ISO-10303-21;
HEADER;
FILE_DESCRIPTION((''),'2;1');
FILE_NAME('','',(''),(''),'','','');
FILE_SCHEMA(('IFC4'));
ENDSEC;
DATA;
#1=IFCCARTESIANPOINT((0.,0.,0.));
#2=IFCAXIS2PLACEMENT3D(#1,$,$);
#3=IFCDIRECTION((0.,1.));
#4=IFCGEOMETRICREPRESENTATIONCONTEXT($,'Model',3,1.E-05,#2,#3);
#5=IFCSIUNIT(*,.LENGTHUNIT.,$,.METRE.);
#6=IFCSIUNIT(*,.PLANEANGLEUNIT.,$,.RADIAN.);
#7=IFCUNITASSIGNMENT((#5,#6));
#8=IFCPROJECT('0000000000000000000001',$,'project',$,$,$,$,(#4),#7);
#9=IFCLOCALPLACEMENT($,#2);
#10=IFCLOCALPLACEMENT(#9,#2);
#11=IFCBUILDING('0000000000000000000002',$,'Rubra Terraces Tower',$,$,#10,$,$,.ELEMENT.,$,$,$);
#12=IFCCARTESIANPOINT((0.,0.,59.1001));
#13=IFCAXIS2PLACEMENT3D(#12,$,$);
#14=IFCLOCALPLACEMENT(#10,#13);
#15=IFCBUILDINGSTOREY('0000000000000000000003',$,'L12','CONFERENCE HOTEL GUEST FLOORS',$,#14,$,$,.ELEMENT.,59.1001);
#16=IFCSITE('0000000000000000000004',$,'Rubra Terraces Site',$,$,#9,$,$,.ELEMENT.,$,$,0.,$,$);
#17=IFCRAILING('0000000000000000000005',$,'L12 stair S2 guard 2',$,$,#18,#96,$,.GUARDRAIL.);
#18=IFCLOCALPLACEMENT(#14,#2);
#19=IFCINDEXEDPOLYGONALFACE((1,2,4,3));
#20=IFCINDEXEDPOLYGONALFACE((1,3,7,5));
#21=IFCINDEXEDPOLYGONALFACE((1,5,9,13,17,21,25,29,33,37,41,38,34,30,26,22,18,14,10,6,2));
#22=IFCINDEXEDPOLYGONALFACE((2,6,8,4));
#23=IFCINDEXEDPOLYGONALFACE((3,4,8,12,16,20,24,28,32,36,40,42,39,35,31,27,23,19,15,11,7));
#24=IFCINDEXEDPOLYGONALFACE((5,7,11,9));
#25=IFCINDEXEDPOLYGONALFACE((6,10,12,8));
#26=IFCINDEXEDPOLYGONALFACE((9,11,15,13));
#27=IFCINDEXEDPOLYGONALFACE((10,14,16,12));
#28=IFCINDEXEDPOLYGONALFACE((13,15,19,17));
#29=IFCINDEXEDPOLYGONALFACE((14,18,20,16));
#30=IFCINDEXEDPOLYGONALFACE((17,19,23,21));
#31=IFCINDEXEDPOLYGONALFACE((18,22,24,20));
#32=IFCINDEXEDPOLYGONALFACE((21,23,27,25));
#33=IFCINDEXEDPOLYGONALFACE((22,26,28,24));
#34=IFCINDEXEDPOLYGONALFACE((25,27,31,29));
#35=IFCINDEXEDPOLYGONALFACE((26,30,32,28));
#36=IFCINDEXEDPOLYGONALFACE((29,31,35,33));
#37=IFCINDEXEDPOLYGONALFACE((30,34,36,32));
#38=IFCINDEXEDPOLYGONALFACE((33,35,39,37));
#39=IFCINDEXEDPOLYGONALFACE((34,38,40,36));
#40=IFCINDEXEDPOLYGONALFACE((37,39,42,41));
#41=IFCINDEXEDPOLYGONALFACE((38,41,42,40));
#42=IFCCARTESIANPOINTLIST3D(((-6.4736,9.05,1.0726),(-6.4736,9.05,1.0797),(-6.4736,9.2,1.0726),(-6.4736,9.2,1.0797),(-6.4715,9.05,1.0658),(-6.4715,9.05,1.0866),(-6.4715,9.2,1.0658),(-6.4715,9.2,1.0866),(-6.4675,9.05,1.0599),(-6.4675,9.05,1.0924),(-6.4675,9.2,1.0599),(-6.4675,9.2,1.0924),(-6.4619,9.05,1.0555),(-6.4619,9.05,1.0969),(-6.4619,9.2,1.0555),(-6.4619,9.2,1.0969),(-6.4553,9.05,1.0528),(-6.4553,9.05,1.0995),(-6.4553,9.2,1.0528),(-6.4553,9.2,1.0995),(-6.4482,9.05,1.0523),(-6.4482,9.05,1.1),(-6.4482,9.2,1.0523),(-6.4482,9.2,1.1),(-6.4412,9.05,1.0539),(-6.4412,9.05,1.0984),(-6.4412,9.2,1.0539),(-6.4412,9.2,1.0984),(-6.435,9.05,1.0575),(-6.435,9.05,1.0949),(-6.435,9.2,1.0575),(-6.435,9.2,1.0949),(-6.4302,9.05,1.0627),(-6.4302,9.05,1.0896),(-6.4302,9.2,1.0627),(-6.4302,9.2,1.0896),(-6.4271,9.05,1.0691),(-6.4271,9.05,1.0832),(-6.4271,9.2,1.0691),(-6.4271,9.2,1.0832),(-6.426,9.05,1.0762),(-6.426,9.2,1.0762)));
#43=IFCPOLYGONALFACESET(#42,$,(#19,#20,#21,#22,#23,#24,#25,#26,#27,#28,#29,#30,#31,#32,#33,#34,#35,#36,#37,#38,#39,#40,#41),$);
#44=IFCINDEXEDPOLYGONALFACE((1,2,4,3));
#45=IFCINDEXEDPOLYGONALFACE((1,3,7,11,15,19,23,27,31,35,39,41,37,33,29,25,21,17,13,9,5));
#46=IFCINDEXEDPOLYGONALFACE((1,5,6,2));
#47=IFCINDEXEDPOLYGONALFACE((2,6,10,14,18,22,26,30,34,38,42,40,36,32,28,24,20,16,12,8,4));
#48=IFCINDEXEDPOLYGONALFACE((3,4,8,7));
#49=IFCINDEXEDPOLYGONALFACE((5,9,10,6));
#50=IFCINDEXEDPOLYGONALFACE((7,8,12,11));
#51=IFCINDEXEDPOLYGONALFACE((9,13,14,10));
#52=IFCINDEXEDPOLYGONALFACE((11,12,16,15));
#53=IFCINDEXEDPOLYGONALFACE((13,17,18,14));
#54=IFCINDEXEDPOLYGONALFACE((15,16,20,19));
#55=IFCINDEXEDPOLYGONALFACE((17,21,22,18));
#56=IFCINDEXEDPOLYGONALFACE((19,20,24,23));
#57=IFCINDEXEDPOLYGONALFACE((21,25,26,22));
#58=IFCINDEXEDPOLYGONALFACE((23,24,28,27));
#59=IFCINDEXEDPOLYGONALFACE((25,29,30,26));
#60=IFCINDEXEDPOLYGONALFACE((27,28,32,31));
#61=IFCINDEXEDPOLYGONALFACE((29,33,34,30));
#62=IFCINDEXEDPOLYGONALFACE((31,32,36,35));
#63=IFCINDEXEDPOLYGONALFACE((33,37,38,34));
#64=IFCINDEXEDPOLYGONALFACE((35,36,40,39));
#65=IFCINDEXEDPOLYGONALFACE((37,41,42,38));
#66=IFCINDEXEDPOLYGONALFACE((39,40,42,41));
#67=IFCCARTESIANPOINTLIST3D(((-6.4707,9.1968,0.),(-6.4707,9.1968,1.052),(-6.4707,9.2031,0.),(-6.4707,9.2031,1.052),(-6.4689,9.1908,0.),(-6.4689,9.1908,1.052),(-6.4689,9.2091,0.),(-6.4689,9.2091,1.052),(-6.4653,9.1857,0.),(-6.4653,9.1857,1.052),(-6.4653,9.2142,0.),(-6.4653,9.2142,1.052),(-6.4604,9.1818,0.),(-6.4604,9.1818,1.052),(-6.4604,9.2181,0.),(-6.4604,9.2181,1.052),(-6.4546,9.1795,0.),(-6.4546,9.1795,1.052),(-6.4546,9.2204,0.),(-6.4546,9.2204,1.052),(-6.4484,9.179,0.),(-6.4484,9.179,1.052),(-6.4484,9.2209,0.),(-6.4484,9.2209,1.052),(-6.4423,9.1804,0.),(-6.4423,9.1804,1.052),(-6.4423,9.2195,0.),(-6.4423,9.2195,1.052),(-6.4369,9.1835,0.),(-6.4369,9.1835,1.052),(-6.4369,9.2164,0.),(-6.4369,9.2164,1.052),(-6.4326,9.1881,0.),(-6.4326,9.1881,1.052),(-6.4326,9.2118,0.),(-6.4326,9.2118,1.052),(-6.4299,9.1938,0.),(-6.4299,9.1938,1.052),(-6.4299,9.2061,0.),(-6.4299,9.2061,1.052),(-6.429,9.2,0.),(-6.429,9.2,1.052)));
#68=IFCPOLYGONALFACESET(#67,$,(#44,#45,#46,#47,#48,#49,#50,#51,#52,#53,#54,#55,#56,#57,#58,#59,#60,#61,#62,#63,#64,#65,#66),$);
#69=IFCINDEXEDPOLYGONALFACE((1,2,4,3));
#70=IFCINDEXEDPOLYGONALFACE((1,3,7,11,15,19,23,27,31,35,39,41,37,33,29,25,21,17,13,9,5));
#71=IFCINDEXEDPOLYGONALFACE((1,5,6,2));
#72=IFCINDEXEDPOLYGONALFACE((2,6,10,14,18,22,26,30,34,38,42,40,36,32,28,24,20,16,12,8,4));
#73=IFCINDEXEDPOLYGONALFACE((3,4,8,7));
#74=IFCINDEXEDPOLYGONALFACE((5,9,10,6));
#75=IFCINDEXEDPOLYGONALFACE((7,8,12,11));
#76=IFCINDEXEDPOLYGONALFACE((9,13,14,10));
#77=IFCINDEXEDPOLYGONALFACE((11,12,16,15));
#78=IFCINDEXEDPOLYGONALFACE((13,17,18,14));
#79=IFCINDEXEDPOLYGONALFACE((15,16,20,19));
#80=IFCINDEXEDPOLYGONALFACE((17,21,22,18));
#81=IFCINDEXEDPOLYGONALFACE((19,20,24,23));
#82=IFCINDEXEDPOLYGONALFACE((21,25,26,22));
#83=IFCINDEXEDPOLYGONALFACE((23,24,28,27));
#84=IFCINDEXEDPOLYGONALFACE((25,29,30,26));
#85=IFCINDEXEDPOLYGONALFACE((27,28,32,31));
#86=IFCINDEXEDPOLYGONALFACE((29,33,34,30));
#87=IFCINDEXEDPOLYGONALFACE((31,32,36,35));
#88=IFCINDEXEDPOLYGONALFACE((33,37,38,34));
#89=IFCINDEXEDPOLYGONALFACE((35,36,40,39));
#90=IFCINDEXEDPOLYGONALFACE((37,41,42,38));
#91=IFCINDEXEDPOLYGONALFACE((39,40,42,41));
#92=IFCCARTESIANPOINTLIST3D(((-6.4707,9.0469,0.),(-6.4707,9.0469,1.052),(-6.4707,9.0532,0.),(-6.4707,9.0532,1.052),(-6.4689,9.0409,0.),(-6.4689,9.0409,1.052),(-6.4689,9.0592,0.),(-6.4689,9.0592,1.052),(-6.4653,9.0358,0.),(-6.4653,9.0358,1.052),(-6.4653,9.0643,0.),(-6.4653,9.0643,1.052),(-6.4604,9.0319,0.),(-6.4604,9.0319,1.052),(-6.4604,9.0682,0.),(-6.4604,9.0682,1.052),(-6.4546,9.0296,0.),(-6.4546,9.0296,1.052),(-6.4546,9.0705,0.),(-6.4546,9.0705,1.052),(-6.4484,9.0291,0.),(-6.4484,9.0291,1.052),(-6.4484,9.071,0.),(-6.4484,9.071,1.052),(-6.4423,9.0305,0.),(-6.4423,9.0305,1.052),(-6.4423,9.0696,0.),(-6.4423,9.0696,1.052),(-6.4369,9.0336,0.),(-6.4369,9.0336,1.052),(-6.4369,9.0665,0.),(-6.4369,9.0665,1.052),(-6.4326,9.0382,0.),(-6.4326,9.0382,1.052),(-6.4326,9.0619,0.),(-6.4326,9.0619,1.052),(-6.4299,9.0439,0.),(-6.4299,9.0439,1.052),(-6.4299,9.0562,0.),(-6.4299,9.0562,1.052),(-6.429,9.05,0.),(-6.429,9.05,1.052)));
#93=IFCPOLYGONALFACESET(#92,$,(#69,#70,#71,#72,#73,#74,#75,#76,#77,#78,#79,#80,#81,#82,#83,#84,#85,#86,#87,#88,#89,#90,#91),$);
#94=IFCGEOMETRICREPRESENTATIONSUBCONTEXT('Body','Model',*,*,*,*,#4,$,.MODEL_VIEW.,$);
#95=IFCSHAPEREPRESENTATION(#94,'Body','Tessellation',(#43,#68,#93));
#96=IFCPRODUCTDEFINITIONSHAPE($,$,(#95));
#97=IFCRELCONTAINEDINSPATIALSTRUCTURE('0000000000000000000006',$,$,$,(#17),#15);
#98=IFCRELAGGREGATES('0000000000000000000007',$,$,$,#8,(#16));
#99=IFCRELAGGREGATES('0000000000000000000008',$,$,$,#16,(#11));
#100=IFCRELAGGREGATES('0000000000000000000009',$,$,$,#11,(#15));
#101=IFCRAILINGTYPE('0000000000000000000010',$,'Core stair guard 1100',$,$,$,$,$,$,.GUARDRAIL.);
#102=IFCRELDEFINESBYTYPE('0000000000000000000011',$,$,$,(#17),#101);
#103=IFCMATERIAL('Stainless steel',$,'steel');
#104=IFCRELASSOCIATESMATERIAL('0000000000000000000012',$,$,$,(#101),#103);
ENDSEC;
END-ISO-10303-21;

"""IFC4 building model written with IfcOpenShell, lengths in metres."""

from ifc_helpers import new_model, si_unit, direction, frame, origin, origin_2d, place, context, subcontext, project, spatial, circle, extrude, material, type_object, element, save


model = new_model("IFC4")

# Units and contexts
model_context = context("Model", 3, precision=1e-05, world=origin(), true_north=direction((0.0, 1.0)))
body_context = subcontext(model_context, "Body", "Model", "MODEL_VIEW")
ifc_project = project(units=[si_unit("LENGTHUNIT", "METRE"), si_unit("PLANEANGLEUNIT", "RADIAN")], contexts=[model_context])

# Site, building, storey
site_placement = place(None, origin())
site = spatial("IfcSite", under=ifc_project, at=site_placement, Name="Rubra Terraces Site", CompositionType="ELEMENT", RefElevation=0.0)
building_placement = place(site_placement, origin())
building = spatial("IfcBuilding", under=site, at=building_placement, Name="Rubra Terraces Tower", CompositionType="ELEMENT")
storey_placement = place(building_placement, frame((0.0, 0.0, 59.1001)))
storey = spatial("IfcBuildingStorey", under=building, at=storey_placement, Name="L12", Description="CONFERENCE HOTEL GUEST FLOORS", CompositionType="ELEMENT", Elevation=59.1001)

# Railing
ifc_material_1 = material(Name="Stainless steel", Category="steel")
railing_type_1 = type_object("IfcRailingType", Name="Core stair guard 1100", PredefinedType="GUARDRAIL", material=ifc_material_1)
railing_1_placement = place(storey_placement, frame((-6.45, 9.2, 0.0)))
element("IfcRailing", 1, at=railing_1_placement, inside=storey, type_object=railing_type_1, Name="L12 stair S2 guard 2", PredefinedType="GUARDRAIL", context=body_context, shape_type="SweptSolid", body=[
    extrude(circle(Radius=0.0239, at=origin_2d()), frame((0.0, 0.0, 1.0762), z_axis=(0.0, -1.0, 0.0), x_axis=(1.0, 0.0, 0.0)), (0.0, 0.0, 1.0), 0.1499),
    extrude(circle(Radius=0.021, at=origin_2d()), origin(), (0.0, 0.0, 1.0), 1.052),
    extrude(circle(Radius=0.021, at=origin_2d()), frame((0.0, -0.1499, 0.0)), (0.0, 0.0, 1.0), 1.052),
])

save(model, "model.ifc")
